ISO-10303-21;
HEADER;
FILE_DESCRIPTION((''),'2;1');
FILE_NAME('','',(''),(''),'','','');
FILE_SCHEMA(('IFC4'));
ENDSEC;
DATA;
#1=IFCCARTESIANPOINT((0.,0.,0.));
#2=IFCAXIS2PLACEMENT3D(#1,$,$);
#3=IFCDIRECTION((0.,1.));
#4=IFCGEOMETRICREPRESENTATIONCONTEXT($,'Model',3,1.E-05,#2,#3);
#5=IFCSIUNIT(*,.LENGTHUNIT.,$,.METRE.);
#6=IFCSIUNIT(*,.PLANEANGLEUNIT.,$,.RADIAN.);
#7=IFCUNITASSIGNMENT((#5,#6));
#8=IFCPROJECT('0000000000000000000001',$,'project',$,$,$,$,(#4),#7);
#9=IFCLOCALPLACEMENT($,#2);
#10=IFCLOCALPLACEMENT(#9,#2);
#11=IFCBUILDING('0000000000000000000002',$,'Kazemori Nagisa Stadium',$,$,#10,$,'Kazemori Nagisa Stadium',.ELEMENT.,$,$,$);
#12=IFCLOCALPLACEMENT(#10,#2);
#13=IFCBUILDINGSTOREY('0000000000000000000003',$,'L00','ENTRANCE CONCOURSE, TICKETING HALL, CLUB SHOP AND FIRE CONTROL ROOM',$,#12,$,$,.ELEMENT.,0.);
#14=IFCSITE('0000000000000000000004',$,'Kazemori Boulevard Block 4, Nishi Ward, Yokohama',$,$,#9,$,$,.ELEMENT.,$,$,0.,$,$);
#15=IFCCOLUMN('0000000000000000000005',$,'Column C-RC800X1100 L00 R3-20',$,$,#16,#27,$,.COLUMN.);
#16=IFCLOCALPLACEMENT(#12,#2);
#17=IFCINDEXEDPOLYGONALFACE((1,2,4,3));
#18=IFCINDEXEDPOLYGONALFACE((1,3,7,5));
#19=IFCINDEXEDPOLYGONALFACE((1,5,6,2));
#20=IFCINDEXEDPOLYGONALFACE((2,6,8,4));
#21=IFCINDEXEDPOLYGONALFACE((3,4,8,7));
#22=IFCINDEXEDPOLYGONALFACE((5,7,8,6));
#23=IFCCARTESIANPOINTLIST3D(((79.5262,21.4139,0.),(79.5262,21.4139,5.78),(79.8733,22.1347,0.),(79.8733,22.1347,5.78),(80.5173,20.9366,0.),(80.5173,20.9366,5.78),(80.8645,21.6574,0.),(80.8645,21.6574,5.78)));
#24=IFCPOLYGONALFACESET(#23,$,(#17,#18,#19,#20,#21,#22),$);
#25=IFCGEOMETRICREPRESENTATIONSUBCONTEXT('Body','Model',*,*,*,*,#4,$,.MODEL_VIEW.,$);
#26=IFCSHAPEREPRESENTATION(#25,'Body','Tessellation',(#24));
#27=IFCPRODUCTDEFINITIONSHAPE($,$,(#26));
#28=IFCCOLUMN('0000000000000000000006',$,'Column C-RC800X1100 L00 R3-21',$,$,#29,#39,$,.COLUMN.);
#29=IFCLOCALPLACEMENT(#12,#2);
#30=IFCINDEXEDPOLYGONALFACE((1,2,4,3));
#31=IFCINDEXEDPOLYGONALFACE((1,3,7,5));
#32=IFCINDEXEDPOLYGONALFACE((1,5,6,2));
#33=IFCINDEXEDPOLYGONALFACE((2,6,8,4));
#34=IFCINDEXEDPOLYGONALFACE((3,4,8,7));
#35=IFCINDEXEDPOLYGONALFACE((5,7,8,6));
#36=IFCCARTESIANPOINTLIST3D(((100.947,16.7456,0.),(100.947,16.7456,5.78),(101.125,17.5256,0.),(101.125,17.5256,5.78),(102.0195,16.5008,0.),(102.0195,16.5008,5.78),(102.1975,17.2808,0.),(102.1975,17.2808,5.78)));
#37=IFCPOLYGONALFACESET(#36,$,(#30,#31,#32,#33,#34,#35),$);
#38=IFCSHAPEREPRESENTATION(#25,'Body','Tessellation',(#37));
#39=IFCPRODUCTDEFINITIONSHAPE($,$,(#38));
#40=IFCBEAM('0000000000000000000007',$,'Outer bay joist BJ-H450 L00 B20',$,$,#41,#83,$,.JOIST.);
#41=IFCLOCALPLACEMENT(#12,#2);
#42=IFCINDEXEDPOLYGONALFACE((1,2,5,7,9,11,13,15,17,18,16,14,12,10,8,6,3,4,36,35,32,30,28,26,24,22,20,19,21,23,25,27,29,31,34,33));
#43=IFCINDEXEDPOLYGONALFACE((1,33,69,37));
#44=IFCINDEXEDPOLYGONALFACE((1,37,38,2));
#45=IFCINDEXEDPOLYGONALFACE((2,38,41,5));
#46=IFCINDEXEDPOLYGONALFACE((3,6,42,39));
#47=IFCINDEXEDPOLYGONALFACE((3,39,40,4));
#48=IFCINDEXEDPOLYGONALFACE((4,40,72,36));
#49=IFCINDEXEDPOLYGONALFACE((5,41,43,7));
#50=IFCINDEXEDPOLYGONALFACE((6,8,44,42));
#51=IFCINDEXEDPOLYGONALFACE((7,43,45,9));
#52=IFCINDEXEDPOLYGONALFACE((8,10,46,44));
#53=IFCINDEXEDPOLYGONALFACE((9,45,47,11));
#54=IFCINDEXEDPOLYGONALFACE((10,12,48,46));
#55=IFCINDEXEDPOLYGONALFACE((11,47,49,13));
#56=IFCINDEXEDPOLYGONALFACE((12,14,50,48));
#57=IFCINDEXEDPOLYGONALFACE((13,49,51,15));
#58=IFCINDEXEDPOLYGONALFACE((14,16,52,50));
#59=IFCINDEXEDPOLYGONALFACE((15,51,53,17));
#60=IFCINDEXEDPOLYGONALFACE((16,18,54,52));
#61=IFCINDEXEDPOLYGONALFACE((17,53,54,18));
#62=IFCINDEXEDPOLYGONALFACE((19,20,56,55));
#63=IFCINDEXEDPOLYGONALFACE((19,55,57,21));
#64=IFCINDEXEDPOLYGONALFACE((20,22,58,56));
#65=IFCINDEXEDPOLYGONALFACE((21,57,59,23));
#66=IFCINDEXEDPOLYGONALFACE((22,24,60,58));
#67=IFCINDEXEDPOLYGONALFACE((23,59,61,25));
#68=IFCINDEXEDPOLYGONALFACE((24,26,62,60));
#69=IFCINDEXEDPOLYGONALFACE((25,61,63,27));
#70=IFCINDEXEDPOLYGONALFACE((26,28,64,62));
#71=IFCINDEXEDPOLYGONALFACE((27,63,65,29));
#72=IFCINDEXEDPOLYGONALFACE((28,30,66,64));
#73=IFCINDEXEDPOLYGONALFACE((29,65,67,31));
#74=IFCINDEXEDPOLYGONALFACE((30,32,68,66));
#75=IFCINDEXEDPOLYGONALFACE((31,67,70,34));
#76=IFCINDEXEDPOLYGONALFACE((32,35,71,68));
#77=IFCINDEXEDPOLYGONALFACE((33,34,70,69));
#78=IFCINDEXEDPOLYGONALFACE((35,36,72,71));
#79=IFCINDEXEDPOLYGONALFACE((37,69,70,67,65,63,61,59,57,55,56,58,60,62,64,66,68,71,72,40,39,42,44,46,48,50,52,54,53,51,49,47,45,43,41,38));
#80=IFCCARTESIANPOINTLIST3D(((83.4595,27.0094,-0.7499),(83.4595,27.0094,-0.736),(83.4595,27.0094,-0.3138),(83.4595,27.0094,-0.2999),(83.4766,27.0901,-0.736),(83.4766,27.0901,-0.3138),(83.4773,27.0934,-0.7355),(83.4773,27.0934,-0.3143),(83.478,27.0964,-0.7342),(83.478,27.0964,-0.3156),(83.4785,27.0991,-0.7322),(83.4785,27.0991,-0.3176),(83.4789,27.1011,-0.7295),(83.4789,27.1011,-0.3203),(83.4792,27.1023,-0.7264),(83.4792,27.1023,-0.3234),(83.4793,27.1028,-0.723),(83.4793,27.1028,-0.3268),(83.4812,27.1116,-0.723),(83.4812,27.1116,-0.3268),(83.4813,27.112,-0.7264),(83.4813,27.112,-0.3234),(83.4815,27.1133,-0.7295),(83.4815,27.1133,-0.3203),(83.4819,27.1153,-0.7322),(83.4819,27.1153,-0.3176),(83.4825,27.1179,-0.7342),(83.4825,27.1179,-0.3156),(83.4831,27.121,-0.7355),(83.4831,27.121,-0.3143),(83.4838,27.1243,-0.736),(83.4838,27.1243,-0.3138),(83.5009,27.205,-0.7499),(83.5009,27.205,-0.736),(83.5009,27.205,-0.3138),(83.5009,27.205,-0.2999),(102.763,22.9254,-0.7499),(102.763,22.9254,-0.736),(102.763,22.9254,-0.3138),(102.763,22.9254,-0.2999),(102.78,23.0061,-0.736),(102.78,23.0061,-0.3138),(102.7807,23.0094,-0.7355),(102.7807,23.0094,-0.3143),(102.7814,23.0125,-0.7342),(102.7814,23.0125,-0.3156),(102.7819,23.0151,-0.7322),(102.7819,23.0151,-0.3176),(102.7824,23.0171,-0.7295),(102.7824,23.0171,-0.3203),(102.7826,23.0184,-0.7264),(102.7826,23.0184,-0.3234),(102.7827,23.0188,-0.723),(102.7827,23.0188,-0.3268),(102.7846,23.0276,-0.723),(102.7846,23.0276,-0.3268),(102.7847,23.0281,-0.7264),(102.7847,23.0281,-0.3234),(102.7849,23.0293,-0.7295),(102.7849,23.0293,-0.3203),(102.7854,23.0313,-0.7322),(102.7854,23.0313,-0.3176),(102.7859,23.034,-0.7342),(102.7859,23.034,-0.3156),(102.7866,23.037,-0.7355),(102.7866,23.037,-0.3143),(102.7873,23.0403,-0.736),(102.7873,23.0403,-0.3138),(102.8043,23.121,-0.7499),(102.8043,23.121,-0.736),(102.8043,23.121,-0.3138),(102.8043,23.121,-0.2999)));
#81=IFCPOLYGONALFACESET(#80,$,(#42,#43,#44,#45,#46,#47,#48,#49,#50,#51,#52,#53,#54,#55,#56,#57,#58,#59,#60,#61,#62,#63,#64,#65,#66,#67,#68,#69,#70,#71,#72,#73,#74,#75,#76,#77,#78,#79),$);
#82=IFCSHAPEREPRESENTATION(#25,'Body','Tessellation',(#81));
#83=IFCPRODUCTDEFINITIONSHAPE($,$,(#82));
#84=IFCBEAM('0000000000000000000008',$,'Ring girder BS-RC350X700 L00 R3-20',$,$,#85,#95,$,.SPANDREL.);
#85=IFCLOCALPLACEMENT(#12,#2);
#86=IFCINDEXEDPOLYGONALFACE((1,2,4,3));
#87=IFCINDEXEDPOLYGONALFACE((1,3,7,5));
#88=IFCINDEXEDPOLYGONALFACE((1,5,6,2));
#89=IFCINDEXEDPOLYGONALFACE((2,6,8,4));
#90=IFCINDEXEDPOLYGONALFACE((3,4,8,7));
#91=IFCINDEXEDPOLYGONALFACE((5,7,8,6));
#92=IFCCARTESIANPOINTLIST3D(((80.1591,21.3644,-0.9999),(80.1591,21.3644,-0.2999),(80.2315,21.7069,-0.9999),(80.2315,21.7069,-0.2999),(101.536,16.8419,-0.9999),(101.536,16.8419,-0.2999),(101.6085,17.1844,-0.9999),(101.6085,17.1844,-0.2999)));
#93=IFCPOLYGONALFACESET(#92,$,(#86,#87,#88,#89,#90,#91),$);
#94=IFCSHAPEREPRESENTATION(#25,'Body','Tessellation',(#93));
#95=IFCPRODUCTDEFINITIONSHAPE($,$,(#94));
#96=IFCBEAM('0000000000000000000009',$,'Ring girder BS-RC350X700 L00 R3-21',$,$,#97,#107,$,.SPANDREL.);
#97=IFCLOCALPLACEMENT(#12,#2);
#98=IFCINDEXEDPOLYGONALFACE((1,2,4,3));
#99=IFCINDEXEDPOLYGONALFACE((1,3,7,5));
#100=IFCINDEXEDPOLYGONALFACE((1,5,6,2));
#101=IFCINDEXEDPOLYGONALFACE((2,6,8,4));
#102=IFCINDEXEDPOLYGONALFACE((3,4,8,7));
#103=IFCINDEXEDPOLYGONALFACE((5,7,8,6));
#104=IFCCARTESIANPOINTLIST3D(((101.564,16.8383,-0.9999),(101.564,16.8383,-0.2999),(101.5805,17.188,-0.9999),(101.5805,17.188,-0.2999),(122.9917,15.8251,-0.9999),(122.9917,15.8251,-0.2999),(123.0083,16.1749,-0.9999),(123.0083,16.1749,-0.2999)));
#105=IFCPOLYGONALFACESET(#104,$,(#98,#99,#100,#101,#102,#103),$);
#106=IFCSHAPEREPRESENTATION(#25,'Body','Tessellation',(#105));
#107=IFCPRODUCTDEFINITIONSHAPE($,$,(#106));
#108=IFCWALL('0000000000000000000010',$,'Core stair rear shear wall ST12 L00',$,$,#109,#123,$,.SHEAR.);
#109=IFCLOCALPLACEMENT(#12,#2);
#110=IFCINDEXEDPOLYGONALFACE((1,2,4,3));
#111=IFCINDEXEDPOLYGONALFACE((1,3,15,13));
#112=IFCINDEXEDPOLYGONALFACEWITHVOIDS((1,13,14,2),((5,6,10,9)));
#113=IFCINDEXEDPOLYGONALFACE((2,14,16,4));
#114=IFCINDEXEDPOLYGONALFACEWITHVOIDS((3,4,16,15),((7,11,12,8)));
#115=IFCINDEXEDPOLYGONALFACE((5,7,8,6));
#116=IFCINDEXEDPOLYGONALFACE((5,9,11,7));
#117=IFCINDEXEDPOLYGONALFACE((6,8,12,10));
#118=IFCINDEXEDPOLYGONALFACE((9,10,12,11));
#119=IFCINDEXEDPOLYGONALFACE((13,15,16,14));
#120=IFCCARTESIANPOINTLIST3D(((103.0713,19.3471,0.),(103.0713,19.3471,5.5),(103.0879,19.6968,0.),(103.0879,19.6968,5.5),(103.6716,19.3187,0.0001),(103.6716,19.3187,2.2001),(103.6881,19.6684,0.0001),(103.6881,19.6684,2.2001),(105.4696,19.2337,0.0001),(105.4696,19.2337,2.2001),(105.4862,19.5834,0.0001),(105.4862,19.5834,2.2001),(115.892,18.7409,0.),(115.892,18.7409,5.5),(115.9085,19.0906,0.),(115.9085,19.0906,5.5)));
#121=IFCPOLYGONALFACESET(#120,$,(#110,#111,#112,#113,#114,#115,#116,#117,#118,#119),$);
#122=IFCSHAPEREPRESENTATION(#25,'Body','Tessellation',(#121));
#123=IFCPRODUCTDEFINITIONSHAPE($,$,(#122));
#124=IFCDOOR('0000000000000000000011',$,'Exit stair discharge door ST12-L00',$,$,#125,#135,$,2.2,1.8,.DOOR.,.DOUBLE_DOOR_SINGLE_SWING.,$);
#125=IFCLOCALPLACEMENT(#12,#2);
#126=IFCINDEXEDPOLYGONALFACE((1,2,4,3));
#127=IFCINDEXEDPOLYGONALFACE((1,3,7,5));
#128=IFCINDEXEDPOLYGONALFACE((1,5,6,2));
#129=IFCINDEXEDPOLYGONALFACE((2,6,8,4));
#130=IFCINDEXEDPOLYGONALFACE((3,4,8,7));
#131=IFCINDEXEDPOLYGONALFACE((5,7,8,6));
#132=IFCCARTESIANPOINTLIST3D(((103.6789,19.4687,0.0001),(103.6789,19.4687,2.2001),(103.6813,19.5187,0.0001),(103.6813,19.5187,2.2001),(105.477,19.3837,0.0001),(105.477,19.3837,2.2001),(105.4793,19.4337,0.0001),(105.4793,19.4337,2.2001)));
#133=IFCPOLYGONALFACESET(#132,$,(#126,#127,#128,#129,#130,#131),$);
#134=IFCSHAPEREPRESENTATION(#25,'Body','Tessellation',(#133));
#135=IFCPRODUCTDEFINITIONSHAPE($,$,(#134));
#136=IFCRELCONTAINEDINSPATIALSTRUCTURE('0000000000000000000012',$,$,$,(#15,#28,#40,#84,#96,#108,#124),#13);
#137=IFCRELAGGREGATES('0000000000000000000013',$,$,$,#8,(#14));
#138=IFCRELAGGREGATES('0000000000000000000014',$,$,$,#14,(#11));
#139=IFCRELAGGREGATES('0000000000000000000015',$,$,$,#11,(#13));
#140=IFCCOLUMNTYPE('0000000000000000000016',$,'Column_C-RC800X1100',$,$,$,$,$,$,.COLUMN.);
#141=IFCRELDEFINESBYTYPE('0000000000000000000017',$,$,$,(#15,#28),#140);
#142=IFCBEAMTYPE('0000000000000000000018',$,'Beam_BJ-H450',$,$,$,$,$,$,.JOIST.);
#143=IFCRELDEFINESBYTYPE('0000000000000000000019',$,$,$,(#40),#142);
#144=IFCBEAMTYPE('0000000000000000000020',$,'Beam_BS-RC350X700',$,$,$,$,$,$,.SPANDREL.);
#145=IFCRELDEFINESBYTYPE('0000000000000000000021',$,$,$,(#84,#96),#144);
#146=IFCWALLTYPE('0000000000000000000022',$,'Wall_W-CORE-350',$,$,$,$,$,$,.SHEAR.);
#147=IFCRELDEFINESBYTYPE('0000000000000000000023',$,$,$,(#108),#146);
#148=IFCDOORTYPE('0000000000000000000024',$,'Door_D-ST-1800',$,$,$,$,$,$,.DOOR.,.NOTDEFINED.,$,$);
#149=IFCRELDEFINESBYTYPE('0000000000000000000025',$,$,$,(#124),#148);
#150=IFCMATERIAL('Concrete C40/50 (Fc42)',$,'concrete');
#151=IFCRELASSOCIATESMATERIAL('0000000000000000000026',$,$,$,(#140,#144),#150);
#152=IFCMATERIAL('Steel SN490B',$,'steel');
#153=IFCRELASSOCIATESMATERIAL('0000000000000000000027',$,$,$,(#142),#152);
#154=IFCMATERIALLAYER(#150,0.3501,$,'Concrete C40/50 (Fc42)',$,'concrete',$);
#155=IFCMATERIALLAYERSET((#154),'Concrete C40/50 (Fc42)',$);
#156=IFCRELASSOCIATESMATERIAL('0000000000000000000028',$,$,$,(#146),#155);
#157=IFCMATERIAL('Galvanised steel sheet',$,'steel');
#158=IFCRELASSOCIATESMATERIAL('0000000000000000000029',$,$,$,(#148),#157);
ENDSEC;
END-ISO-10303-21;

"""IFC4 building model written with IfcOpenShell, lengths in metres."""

from ifc_helpers import new_model, si_unit, direction, frame, frame_2d, origin, origin_2d, place, context, subcontext, project, spatial, rectangle, i_section, extrude, material, layer, layer_set, material_profile, profile_set, type_object, element, fill, save


model = new_model("IFC4")

# Units and contexts
model_context = context("Model", 3, precision=1e-05, world=origin(), true_north=direction((0.0, 1.0)))
body_context = subcontext(model_context, "Body", "Model", "MODEL_VIEW")
ifc_project = project(units=[si_unit("LENGTHUNIT", "METRE"), si_unit("PLANEANGLEUNIT", "RADIAN")], contexts=[model_context])

# Site, building, storey
site_placement = place(None, origin())
site = spatial("IfcSite", under=ifc_project, at=site_placement, Name="Kazemori Boulevard Block 4, Nishi Ward, Yokohama", CompositionType="ELEMENT", RefElevation=0.0)
building_placement = place(site_placement, origin())
building = spatial("IfcBuilding", under=site, at=building_placement, Name="Kazemori Nagisa Stadium", LongName="Kazemori Nagisa Stadium", CompositionType="ELEMENT")
storey_placement = place(building_placement, origin())
storey = spatial("IfcBuildingStorey", under=building, at=storey_placement, Name="L00", Description="ENTRANCE CONCOURSE, TICKETING HALL, CLUB SHOP AND FIRE CONTROL ROOM", CompositionType="ELEMENT", Elevation=0.0)

# Columns
ifc_material_1 = material(Name="Concrete C40/50 (Fc42)", Category="concrete")
ifc_material_profile_1 = material_profile(ifc_material_1, rectangle(XDim=0.8, YDim=1.1001, at=origin_2d()), Name="RC-COL-800x1100")
ifc_profile_set_1 = profile_set([ifc_material_profile_1], Name="Concrete C40/50 (Fc42)")
column_type = type_object("IfcColumnType", Name="Column_C-RC800X1100", PredefinedType="COLUMN", material=ifc_profile_set_1)
for number, where, z_axis, x_axis, name in (
    (1, (80.1953, 21.5356, 0.0), (0.0, 0.0, 1.0), (-0.433884, -0.900969, 0.0), "Column C-RC800X1100 L00 R3-20"),
    (2, (101.5723, 17.0132, 0.0), (0.0, 0.0, 1.0), (-0.222521, -0.974928, 0.0), "Column C-RC800X1100 L00 R3-21"),
):
    element("IfcColumn", number, at=place(storey_placement, frame(where, z_axis=z_axis, x_axis=x_axis)), inside=storey, type_object=column_type, Name=name, PredefinedType="COLUMN", context=body_context, shape_type="SweptSolid", body=[
        extrude(rectangle(XDim=0.8, YDim=1.1001, at=origin_2d()), origin(), (0.0, 0.0, 1.0), 5.78),
    ])

# Beams
ifc_material_2 = material(Name="Steel SN490B", Category="steel")
ifc_material_profile_2 = material_profile(ifc_material_2, i_section(OverallWidth=0.2, OverallDepth=0.45, WebThickness=0.009, FlangeThickness=0.0139, FilletRadius=0.0129, at=origin_2d()), Name="H-450x200x9x14")
ifc_profile_set_2 = profile_set([ifc_material_profile_2], Name="Steel SN490B")
beam_type_1 = type_object("IfcBeamType", Name="Beam_BJ-H450", PredefinedType="JOIST", material=ifc_profile_set_2)
beam_1_placement = place(storey_placement, frame((83.4802, 27.1072, -0.5249), z_axis=(0.978344, -0.206986, 0.0), x_axis=(0.206986, 0.978344, 0.0)))
element("IfcBeam", 3, at=beam_1_placement, inside=storey, type_object=beam_type_1, Name="Outer bay joist BJ-H450 L00 B20", PredefinedType="JOIST", context=body_context, shape_type="SweptSolid", body=[
    extrude(i_section(OverallWidth=0.2, OverallDepth=0.45, WebThickness=0.009, FlangeThickness=0.0139, FilletRadius=0.0129, at=origin_2d()), origin(), (0.0, 0.0, 1.0), 19.7307),
])
ifc_material_profile_3 = material_profile(ifc_material_1, rectangle(XDim=0.3501, YDim=0.7, at=origin_2d()), Name="RC-SP-350x700")
ifc_profile_set_3 = profile_set([ifc_material_profile_3], Name="Concrete C40/50 (Fc42)")
beam_type_2 = type_object("IfcBeamType", Name="Beam_BS-RC350X700", PredefinedType="SPANDREL", material=ifc_profile_set_3)
beam_2_placement = place(storey_placement, frame((80.1953, 21.5356, -0.6499), z_axis=(0.978346, -0.206977, 0.0), x_axis=(0.206977, 0.978346, 0.0)))
element("IfcBeam", 4, at=beam_2_placement, inside=storey, type_object=beam_type_2, Name="Ring girder BS-RC350X700 L00 R3-20", PredefinedType="SPANDREL", context=body_context, shape_type="SweptSolid", body=[
    extrude(rectangle(XDim=0.3501, YDim=0.7, at=origin_2d()), origin(), (0.0, 0.0, 1.0), 21.8501),
])
beam_3_placement = place(storey_placement, frame((101.5723, 17.0132, -0.6499), z_axis=(0.998884, -0.047231, 0.0), x_axis=(0.047231, 0.998884, 0.0)))
element("IfcBeam", 5, at=beam_3_placement, inside=storey, type_object=beam_type_2, Name="Ring girder BS-RC350X700 L00 R3-21", PredefinedType="SPANDREL", context=body_context, shape_type="SweptSolid", body=[
    extrude(rectangle(XDim=0.3501, YDim=0.7, at=origin_2d()), origin(), (0.0, 0.0, 1.0), 21.4517),
])

# Wall, opening, door
ifc_layer_1 = layer(ifc_material_1, 0.3501, Name="Concrete C40/50 (Fc42)", Category="concrete")
ifc_layer_set_1 = layer_set([ifc_layer_1], Name="Concrete C40/50 (Fc42)")
wall_type_1 = type_object("IfcWallType", Name="Wall_W-CORE-350", PredefinedType="SHEAR", material=ifc_layer_set_1)
wall_1_placement = place(storey_placement, frame((103.0796, 19.522, 0.0), z_axis=(0.0, 0.0, 1.0), x_axis=(0.998884, -0.047231, 0.0)))
wall_1 = element("IfcWall", 6, at=wall_1_placement, inside=storey, type_object=wall_type_1, Name="Core stair rear shear wall ST12 L00", PredefinedType="SHEAR", context=body_context, shape_type="SweptSolid", body=[
    extrude(rectangle(XDim=12.835, YDim=0.3501, at=frame_2d((6.4175, 0.0))), origin(), (0.0, 0.0, 1.0), 5.5),
])
opening_1_placement = place(wall_1_placement, frame((0.6011, 0.0, 0.0)))
opening_1 = element("IfcOpeningElement", 7, at=opening_1_placement, cuts=wall_1, PredefinedType="OPENING", context=body_context, shape_type="SweptSolid", body=[
    extrude(rectangle(XDim=1.8, YDim=2.2, at=frame_2d((0.8999, 1.1001))), frame((0.0, 0.1851, 0.0), z_axis=(0.0, -1.0, 0.0), x_axis=(1.0, 0.0, 0.0)), (0.0, 0.0, 1.0), 0.3701),
])
ifc_material_3 = material(Name="Galvanised steel sheet", Category="steel")
door_type_1 = type_object("IfcDoorType", Name="Door_D-ST-1800", OperationType="NOTDEFINED", PredefinedType="DOOR", material=ifc_material_3)
door_1_placement = place(opening_1_placement, frame((1.8, 0.0, 0.0), z_axis=(0.0, 0.0, 1.0), x_axis=(-1.0, 0.0, 0.0)))
door_1 = element("IfcDoor", 8, at=door_1_placement, inside=storey, type_object=door_type_1, Name="Exit stair discharge door ST12-L00", OperationType="DOUBLE_DOOR_SINGLE_SWING", OverallHeight=2.2, OverallWidth=1.8, PredefinedType="DOOR", context=body_context, shape_type="SweptSolid", body=[
    extrude(rectangle(XDim=1.8, YDim=2.2, at=frame_2d((0.8999, 1.1001))), frame((0.0, 0.0249, 0.0), z_axis=(0.0, -1.0, 0.0), x_axis=(1.0, 0.0, 0.0)), (0.0, 0.0, 1.0), 0.05),
])
fill(opening_1, door_1)

save(model, "model.ifc")
